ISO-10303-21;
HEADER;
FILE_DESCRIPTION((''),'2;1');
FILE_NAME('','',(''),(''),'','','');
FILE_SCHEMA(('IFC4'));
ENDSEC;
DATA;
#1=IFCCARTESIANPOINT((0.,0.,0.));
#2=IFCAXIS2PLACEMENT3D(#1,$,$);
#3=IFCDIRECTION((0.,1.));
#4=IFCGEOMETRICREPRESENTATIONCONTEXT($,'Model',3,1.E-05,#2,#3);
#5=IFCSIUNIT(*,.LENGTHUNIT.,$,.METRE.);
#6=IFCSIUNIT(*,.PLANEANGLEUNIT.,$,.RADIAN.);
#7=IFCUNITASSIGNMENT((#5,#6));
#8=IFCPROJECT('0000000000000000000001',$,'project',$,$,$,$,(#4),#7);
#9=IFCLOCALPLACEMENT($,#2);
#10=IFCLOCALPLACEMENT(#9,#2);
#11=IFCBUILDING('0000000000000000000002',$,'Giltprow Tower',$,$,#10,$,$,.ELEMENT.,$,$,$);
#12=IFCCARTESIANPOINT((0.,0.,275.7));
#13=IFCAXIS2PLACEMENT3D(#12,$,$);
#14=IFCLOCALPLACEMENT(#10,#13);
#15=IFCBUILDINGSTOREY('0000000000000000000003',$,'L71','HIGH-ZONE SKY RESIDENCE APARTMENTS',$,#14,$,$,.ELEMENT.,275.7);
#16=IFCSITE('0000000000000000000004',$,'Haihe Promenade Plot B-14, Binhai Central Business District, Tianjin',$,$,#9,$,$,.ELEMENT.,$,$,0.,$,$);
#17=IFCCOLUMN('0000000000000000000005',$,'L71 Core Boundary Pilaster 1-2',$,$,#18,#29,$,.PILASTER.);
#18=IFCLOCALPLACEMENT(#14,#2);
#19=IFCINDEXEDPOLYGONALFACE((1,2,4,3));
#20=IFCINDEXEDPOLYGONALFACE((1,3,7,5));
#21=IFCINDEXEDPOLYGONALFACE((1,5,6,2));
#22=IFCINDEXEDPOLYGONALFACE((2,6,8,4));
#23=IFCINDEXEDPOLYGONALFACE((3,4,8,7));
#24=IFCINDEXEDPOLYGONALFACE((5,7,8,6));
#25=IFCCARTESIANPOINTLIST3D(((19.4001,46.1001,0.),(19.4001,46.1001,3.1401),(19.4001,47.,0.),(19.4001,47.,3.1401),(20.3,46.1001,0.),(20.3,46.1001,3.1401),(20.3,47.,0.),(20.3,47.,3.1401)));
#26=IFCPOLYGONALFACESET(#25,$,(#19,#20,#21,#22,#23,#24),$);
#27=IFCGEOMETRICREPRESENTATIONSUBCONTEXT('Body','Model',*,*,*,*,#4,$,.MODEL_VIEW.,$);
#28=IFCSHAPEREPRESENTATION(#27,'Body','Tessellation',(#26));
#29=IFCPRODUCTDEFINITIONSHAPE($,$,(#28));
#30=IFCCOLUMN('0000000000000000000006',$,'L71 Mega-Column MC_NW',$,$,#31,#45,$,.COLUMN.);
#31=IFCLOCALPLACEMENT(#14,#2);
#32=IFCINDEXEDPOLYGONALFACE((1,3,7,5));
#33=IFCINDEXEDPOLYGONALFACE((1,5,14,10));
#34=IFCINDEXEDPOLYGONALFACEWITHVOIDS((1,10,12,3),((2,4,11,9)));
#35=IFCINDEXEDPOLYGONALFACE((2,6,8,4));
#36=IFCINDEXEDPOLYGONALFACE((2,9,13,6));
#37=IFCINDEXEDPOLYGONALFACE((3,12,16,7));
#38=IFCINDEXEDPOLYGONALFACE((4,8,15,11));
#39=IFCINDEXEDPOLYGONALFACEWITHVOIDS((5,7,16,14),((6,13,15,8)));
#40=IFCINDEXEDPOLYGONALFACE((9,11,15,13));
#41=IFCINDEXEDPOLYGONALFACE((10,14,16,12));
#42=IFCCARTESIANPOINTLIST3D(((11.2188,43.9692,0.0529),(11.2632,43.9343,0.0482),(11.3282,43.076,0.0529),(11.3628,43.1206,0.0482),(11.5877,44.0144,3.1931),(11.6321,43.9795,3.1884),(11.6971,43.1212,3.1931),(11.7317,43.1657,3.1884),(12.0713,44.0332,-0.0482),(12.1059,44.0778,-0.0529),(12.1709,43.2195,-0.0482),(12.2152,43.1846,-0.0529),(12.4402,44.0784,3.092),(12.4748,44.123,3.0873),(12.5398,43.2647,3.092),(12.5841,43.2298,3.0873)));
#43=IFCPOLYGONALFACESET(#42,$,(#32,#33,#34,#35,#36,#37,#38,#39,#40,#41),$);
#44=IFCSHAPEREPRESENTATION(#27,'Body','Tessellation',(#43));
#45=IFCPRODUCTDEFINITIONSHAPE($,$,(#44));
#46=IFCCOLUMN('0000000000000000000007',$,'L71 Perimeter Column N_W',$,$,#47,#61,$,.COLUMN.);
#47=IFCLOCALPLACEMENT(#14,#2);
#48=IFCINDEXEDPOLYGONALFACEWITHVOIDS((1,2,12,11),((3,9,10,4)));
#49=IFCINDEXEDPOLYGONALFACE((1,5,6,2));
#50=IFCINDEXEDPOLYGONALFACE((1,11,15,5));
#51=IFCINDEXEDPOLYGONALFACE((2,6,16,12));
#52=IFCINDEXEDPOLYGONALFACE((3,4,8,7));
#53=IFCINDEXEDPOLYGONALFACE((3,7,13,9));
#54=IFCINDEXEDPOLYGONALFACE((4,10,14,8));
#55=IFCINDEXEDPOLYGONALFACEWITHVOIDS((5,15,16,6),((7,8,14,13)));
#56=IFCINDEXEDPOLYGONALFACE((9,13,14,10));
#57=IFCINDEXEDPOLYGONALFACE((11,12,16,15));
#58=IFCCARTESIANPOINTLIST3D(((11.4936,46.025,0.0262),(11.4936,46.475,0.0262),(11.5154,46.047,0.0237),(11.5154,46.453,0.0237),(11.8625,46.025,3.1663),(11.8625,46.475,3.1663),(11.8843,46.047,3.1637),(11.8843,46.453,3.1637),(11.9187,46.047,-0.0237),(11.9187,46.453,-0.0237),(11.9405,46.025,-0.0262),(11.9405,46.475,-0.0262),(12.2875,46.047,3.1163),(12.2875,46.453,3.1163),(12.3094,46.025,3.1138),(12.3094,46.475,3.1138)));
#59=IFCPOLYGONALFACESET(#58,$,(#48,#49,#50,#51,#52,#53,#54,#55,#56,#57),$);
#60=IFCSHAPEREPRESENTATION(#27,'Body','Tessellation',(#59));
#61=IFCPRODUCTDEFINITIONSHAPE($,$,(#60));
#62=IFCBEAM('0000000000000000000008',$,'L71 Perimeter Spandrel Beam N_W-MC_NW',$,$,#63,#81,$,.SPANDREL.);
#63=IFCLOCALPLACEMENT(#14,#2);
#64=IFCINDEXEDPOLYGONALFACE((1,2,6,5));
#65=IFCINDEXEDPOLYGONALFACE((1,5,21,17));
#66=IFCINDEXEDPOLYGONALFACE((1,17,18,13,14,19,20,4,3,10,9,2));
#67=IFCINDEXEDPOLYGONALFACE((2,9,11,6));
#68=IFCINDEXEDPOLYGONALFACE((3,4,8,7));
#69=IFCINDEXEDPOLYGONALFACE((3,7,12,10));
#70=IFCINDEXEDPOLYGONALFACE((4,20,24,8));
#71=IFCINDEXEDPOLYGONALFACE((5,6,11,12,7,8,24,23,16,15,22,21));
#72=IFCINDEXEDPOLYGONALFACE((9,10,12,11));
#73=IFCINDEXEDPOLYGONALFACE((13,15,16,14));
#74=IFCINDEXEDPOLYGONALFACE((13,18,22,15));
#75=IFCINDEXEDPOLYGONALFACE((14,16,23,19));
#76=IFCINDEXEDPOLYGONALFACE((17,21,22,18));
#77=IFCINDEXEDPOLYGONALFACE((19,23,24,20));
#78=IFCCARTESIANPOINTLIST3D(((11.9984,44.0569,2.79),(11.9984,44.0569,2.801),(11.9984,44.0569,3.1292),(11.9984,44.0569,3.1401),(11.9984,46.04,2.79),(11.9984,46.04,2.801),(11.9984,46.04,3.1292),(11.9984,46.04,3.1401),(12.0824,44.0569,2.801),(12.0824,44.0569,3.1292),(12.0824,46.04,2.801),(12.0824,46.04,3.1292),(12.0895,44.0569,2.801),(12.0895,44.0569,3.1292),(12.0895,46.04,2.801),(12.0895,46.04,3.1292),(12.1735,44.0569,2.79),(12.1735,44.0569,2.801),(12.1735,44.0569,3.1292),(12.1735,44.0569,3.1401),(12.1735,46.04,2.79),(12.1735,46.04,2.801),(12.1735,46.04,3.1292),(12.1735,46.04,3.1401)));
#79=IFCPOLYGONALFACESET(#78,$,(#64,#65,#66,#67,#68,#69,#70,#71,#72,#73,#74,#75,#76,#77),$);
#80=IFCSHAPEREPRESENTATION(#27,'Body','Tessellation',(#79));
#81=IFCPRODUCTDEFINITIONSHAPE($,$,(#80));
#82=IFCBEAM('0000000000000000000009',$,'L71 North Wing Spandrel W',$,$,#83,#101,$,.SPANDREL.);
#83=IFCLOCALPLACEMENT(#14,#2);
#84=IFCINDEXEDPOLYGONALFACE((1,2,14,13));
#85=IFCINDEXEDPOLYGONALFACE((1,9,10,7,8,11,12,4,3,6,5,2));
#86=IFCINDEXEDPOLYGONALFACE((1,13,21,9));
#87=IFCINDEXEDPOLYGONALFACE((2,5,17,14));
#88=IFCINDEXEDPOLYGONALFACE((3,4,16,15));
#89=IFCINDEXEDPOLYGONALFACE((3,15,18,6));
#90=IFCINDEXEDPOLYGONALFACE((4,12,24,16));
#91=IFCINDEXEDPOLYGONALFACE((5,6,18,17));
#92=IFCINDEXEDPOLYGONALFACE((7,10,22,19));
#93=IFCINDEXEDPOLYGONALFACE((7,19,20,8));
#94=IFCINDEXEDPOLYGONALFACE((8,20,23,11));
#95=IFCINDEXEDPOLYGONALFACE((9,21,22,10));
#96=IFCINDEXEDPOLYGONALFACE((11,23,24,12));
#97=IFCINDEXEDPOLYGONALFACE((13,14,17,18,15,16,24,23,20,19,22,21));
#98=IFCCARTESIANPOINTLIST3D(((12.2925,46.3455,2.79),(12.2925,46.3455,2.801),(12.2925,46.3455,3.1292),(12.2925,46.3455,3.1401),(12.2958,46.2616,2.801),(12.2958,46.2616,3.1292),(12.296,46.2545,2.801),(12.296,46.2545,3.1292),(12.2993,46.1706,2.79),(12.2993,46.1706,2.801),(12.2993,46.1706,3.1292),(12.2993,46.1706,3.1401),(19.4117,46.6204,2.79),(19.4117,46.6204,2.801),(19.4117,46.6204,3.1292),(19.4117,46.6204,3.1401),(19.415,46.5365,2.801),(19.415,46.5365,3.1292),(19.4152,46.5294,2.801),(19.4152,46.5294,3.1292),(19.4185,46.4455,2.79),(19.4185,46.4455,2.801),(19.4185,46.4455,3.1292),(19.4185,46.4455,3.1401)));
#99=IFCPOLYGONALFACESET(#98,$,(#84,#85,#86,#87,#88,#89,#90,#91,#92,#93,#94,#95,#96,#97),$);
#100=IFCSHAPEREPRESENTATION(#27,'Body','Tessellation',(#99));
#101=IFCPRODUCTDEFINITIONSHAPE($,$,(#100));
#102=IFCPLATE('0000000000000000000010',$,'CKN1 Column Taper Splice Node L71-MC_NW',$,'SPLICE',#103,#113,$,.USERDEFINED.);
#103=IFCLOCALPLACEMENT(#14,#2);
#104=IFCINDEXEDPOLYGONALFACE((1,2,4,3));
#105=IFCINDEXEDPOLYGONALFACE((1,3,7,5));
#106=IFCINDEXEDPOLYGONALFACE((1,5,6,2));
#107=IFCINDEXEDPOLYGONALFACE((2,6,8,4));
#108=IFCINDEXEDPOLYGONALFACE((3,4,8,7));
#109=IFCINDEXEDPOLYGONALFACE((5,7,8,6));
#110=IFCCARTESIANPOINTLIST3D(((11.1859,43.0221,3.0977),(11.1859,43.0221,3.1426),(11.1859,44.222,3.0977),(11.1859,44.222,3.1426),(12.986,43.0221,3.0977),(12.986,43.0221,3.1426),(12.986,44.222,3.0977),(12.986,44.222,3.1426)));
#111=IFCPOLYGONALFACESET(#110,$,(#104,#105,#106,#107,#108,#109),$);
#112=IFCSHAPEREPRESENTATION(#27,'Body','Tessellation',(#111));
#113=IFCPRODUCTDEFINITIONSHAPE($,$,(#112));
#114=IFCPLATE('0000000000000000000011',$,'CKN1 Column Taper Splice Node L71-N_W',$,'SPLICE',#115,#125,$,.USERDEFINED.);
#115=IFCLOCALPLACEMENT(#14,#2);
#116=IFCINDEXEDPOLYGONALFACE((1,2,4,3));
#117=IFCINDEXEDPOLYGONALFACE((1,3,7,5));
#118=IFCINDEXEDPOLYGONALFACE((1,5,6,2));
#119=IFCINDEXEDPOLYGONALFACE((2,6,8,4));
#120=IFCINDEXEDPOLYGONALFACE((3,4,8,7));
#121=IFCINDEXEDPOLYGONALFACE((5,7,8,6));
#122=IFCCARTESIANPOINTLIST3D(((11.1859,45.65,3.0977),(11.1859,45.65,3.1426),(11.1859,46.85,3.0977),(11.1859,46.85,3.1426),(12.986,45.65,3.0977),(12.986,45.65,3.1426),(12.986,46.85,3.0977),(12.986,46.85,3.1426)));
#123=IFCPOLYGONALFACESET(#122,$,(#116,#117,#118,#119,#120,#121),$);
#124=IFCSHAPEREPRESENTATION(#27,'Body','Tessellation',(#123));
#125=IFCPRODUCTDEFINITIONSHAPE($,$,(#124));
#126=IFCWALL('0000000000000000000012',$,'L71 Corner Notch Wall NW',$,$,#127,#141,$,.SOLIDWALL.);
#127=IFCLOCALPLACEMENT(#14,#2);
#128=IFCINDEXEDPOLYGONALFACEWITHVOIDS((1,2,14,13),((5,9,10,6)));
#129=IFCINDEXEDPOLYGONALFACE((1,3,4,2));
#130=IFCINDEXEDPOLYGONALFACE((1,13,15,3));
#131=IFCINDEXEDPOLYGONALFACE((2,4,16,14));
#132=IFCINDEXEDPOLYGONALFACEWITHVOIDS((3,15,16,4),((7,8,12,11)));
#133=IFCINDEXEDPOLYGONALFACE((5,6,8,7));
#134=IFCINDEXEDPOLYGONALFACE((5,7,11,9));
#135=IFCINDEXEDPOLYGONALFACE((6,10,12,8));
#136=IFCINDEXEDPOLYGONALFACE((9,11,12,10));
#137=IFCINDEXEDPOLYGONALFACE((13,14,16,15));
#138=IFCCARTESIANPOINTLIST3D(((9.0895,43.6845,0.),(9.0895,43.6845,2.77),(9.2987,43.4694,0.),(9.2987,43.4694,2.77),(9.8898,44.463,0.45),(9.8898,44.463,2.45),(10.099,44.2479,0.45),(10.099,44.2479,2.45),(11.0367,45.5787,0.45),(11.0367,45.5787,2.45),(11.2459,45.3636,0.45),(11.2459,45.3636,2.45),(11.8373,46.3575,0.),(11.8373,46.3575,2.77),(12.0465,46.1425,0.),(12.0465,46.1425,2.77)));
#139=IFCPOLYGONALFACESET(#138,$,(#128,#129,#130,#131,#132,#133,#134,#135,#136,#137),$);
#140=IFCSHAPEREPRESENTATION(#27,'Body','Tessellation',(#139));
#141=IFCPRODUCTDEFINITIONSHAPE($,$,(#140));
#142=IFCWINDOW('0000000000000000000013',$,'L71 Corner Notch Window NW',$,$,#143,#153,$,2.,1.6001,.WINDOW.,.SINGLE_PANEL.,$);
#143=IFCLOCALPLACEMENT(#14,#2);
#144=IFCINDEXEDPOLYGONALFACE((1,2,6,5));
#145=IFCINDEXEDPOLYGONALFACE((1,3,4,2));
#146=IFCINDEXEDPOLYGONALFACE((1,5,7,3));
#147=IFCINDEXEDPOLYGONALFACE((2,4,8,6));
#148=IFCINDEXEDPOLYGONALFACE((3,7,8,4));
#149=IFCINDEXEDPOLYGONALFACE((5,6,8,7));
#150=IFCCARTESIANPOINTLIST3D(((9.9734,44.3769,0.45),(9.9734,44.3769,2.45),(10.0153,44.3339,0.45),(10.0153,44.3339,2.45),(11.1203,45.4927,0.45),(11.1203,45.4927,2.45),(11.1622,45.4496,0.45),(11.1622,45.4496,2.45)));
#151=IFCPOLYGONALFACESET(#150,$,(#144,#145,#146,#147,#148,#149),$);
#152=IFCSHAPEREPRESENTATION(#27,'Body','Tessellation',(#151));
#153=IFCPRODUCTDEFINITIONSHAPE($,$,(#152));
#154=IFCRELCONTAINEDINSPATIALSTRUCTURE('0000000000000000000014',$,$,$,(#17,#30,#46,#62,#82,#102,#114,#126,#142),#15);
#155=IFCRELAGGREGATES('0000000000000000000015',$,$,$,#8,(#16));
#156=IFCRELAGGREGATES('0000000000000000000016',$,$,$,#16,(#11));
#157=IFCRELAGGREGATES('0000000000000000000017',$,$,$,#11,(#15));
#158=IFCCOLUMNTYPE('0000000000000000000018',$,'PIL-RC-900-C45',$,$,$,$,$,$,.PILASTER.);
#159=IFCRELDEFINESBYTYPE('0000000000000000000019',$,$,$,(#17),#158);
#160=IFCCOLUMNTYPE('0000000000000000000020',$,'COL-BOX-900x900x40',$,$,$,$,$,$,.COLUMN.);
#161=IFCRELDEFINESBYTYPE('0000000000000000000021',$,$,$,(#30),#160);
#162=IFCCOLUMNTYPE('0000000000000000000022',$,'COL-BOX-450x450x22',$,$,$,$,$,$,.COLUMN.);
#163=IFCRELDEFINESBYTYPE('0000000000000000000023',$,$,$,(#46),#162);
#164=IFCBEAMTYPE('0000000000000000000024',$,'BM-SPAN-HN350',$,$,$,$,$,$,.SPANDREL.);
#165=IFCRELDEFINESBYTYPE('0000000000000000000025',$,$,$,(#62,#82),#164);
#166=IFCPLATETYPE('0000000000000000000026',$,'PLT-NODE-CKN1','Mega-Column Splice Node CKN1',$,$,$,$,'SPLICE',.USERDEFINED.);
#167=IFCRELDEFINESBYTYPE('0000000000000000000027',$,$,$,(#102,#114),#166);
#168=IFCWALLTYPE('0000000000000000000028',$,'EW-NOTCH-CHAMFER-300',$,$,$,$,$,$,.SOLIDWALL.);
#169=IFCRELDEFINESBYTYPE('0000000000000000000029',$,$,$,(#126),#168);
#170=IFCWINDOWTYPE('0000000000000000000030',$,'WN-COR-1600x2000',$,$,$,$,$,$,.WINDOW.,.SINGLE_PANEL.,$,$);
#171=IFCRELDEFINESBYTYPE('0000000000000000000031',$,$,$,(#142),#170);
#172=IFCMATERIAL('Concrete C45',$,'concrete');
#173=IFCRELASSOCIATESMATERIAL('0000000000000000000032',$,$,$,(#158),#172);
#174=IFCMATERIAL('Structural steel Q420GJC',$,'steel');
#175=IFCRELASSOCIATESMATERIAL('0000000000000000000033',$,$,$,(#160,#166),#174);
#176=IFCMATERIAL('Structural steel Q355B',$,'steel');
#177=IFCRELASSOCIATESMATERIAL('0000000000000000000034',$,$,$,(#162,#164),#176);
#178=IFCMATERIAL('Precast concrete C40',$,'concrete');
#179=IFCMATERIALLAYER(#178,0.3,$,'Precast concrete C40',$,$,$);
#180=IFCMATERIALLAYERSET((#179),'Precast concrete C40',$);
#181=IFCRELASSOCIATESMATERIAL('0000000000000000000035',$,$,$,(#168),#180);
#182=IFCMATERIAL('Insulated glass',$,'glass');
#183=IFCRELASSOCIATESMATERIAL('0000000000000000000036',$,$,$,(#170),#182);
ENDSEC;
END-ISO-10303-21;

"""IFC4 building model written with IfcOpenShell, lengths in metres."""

from ifc_helpers import new_model, si_unit, direction, frame, frame_2d, origin, origin_2d, place, context, subcontext, project, spatial, rectangle, hollow_rectangle, i_section, extrude, source, transform, mapped, material, layer, layer_set, material_profile, profile_set, type_object, element, fill, save


model = new_model("IFC4")

# Units and contexts
model_context = context("Model", 3, precision=1e-05, world=origin(), true_north=direction((0.0, 1.0)))
body_context = subcontext(model_context, "Body", "Model", "MODEL_VIEW")
ifc_project = project(units=[si_unit("LENGTHUNIT", "METRE"), si_unit("PLANEANGLEUNIT", "RADIAN")], contexts=[model_context])

# Site, building, storey
site_placement = place(None, origin())
site = spatial("IfcSite", under=ifc_project, at=site_placement, Name="Haihe Promenade Plot B-14, Binhai Central Business District, Tianjin", CompositionType="ELEMENT", RefElevation=0.0)
building_placement = place(site_placement, origin())
building = spatial("IfcBuilding", under=site, at=building_placement, Name="Giltprow Tower", CompositionType="ELEMENT")
storey_placement = place(building_placement, frame((0.0, 0.0, 275.7)))
storey = spatial("IfcBuildingStorey", under=building, at=storey_placement, Name="L71", Description="HIGH-ZONE SKY RESIDENCE APARTMENTS", CompositionType="ELEMENT", Elevation=275.7)

# Columns
ifc_material_1 = material(Name="Concrete C45", Category="concrete")
ifc_material_profile_1 = material_profile(ifc_material_1, rectangle(XDim=0.8999, YDim=0.8999, at=origin_2d()), Name="RC 900x900")
ifc_profile_set_1 = profile_set([ifc_material_profile_1], Name="Concrete C45")
column_type_1 = type_object("IfcColumnType", Name="PIL-RC-900-C45", PredefinedType="PILASTER", material=ifc_profile_set_1)
shared_shape_1 = source(origin(), body_context, "Body", "SweptSolid", [
    extrude(rectangle(XDim=0.8999, YDim=0.8999, at=origin_2d()), origin(), (0.0, 0.0, 1.0), 3.1401),
])
column_1_placement = place(storey_placement, frame((19.8501, 46.55, 0.0), z_axis=(0.0, 0.0, 1.0), x_axis=(1.0, 0.0, 0.0)))
element("IfcColumn", 1, at=column_1_placement, inside=storey, type_object=column_type_1, Name="L71 Core Boundary Pilaster 1-2", PredefinedType="PILASTER", context=body_context, shape_type="MappedRepresentation", body=[
    mapped(shared_shape_1, transform((0.0, 0.0, 0.0), x_axis=(1.0, 0.0, 0.0), y_axis=(0.0, 1.0, 0.0), z_axis=(0.0, 0.0, 1.0), scale=1.0)),
])
ifc_material_2 = material(Name="Structural steel Q420GJC", Category="steel")
ifc_material_profile_2 = material_profile(ifc_material_2, hollow_rectangle(XDim=0.8999, YDim=0.8999, WallThickness=0.04, at=origin_2d()), Name="BOX 900x900x40")
ifc_profile_set_2 = profile_set([ifc_material_profile_2], Name="Structural steel Q420GJC")
column_type_2 = type_object("IfcColumnType", Name="COL-BOX-900x900x40", PredefinedType="COLUMN", material=ifc_profile_set_2)
shared_shape_2 = source(origin(), body_context, "Body", "SweptSolid", [
    extrude(hollow_rectangle(XDim=0.8999, YDim=0.8999, WallThickness=0.04, at=origin_2d()), origin(), (0.0, 0.0, 1.0), 3.1621),
])
column_2_placement = place(storey_placement, frame((11.717, 43.5769, 0.0), z_axis=(0.116664, 0.014284, 0.993069), x_axis=(-0.121528, 0.992588, 0.0)))
element("IfcColumn", 2, at=column_2_placement, inside=storey, type_object=column_type_2, Name="L71 Mega-Column MC_NW", PredefinedType="COLUMN", context=body_context, shape_type="MappedRepresentation", body=[
    mapped(shared_shape_2, transform((0.0, 0.0, 0.0), x_axis=(1.0, 0.0, 0.0), y_axis=(0.0, 1.0, 0.0), z_axis=(0.0, 0.0, 1.0), scale=1.0)),
])
ifc_material_3 = material(Name="Structural steel Q355B", Category="steel")
ifc_material_profile_3 = material_profile(ifc_material_3, hollow_rectangle(XDim=0.45, YDim=0.45, WallThickness=0.022, at=origin_2d()), Name="BOX 450x450x22")
ifc_profile_set_3 = profile_set([ifc_material_profile_3], Name="Structural steel Q355B")
column_type_3 = type_object("IfcColumnType", Name="COL-BOX-450x450x22", PredefinedType="COLUMN", material=ifc_profile_set_3)
shared_shape_3 = source(origin(), body_context, "Body", "SweptSolid", [
    extrude(hollow_rectangle(XDim=0.45, YDim=0.45, WallThickness=0.022, at=origin_2d()), origin(), (0.0, 0.0, 1.0), 3.1616),
])
column_3_placement = place(storey_placement, frame((11.717, 46.25, 0.0), z_axis=(0.116675, 0.0, 0.99317), x_axis=(0.0, 1.0, 0.0)))
element("IfcColumn", 3, at=column_3_placement, inside=storey, type_object=column_type_3, Name="L71 Perimeter Column N_W", PredefinedType="COLUMN", context=body_context, shape_type="MappedRepresentation", body=[
    mapped(shared_shape_3, transform((0.0, 0.0, 0.0), x_axis=(1.0, 0.0, 0.0), y_axis=(0.0, 1.0, 0.0), z_axis=(0.0, 0.0, 1.0), scale=1.0)),
])

# Beams
ifc_material_profile_4 = material_profile(ifc_material_3, i_section(OverallWidth=0.175, OverallDepth=0.3501, WebThickness=0.0071, FlangeThickness=0.011, at=origin_2d()), Name="HN 350x175x7x11")
ifc_profile_set_4 = profile_set([ifc_material_profile_4], Name="Structural steel Q355B")
beam_type = type_object("IfcBeamType", Name="BM-SPAN-HN350", PredefinedType="SPANDREL", material=ifc_profile_set_4)
shared_shape_4 = source(origin(), body_context, "Body", "SweptSolid", [
    extrude(i_section(OverallWidth=0.175, OverallDepth=0.3501, WebThickness=0.0071, FlangeThickness=0.011, at=origin_2d()), origin(), (0.0, 0.0, 1.0), 1.9832),
])
beam_1_placement = place(storey_placement, frame((12.0859, 46.04, 2.9651), z_axis=(0.0, -1.0, 0.0), x_axis=(1.0, 0.0, 0.0)))
element("IfcBeam", 4, at=beam_1_placement, inside=storey, type_object=beam_type, Name="L71 Perimeter Spandrel Beam N_W-MC_NW", PredefinedType="SPANDREL", context=body_context, shape_type="MappedRepresentation", body=[
    mapped(shared_shape_4, transform((0.0, 0.0, 0.0), x_axis=(1.0, 0.0, 0.0), y_axis=(0.0, 1.0, 0.0), z_axis=(0.0, 0.0, 1.0), scale=1.0)),
])
shared_shape_5 = source(origin(), body_context, "Body", "SweptSolid", [
    extrude(i_section(OverallWidth=0.175, OverallDepth=0.3501, WebThickness=0.0071, FlangeThickness=0.011, at=origin_2d()), origin(), (0.0, 0.0, 1.0), 7.1245),
])
beam_2_placement = place(storey_placement, frame((12.2959, 46.2581, 2.9651), z_axis=(0.999255, 0.038586, 0.0), x_axis=(-0.038586, 0.999255, 0.0)))
element("IfcBeam", 5, at=beam_2_placement, inside=storey, type_object=beam_type, Name="L71 North Wing Spandrel W", PredefinedType="SPANDREL", context=body_context, shape_type="MappedRepresentation", body=[
    mapped(shared_shape_5, transform((0.0, 0.0, 0.0), x_axis=(1.0, 0.0, 0.0), y_axis=(0.0, 1.0, 0.0), z_axis=(0.0, 0.0, 1.0), scale=1.0)),
])

# Plates
plate_type = type_object("IfcPlateType", Name="PLT-NODE-CKN1", Description="Mega-Column Splice Node CKN1", ElementType="SPLICE", PredefinedType="USERDEFINED", material=ifc_material_2)
shared_shape_6 = source(origin(), body_context, "Body", "SweptSolid", [
    extrude(rectangle(XDim=1.8, YDim=1.2, at=origin_2d()), origin(), (0.0, 0.0, 1.0), 0.0449),
])
for number, where, z_axis, x_axis, name in (
    (6, (12.0859, 43.6221, 3.0977), (0.0, 0.0, 1.0), (1.0, 0.0, 0.0), "CKN1 Column Taper Splice Node L71-MC_NW"),
    (7, (12.0859, 46.25, 3.0977), (0.0, 0.0, 1.0), (1.0, 0.0, 0.0), "CKN1 Column Taper Splice Node L71-N_W"),
):
    element("IfcPlate", number, at=place(storey_placement, frame(where, z_axis=z_axis, x_axis=x_axis)), inside=storey, type_object=plate_type, Name=name, ObjectType="SPLICE", PredefinedType="USERDEFINED", context=body_context, shape_type="MappedRepresentation", body=[
        mapped(shared_shape_6, transform((0.0, 0.0, 0.0), x_axis=(1.0, 0.0, 0.0), y_axis=(0.0, 1.0, 0.0), z_axis=(0.0, 0.0, 1.0), scale=1.0)),
    ])

# Wall, opening, window
ifc_material_4 = material(Name="Precast concrete C40", Category="concrete")
ifc_layer_1 = layer(ifc_material_4, 0.3, Name="Precast concrete C40")
ifc_layer_set_1 = layer_set([ifc_layer_1], Name="Precast concrete C40")
wall_type_1 = type_object("IfcWallType", Name="EW-NOTCH-CHAMFER-300", PredefinedType="SOLIDWALL", material=ifc_layer_set_1)
wall_1_placement = place(storey_placement, frame((11.9419, 46.25, 0.0), z_axis=(0.0, 0.0, 1.0), x_axis=(-0.716784, -0.697296, 0.0)))
wall_1 = element("IfcWall", 8, at=wall_1_placement, inside=storey, type_object=wall_type_1, Name="L71 Corner Notch Wall NW", PredefinedType="SOLIDWALL", context=body_context, shape_type="SweptSolid", body=[
    extrude(rectangle(XDim=3.8335, YDim=0.3, at=frame_2d((1.9167, 0.0))), origin(), (0.0, 0.0, 1.0), 2.77),
])
opening_1_placement = place(wall_1_placement, frame((1.1169, 0.0, 0.45)))
opening_1 = element("IfcOpeningElement", 9, at=opening_1_placement, cuts=wall_1, PredefinedType="OPENING", context=body_context, shape_type="SweptSolid", body=[
    extrude(rectangle(XDim=1.6001, YDim=2.0, at=frame_2d((0.8, 1.0))), frame((0.0, 0.1599, 0.0), z_axis=(0.0, -1.0, 0.0), x_axis=(1.0, 0.0, 0.0)), (0.0, 0.0, 1.0), 0.3201),
])
ifc_material_5 = material(Name="Insulated glass", Category="glass")
window_type = type_object("IfcWindowType", Name="WN-COR-1600x2000", PartitioningType="SINGLE_PANEL", PredefinedType="WINDOW", material=ifc_material_5)
shared_shape_7 = source(origin(), body_context, "Body", "SweptSolid", [
    extrude(rectangle(XDim=1.6001, YDim=2.0, at=frame_2d((0.8, 1.0))), frame((0.0, 0.03, 0.0), z_axis=(0.0, -1.0, 0.0), x_axis=(1.0, 0.0, 0.0)), (0.0, 0.0, 1.0), 0.0601),
])
window_1_placement = place(opening_1_placement, origin())
window_1 = element("IfcWindow", 10, at=window_1_placement, inside=storey, type_object=window_type, Name="L71 Corner Notch Window NW", OverallHeight=2.0, OverallWidth=1.6001, PartitioningType="SINGLE_PANEL", PredefinedType="WINDOW", context=body_context, shape_type="MappedRepresentation", body=[
    mapped(shared_shape_7, transform((0.0, 0.0, 0.0), x_axis=(1.0, 0.0, 0.0), y_axis=(0.0, 1.0, 0.0), z_axis=(0.0, 0.0, 1.0), scale=1.0)),
])
fill(opening_1, window_1)

save(model, "model.ifc")
